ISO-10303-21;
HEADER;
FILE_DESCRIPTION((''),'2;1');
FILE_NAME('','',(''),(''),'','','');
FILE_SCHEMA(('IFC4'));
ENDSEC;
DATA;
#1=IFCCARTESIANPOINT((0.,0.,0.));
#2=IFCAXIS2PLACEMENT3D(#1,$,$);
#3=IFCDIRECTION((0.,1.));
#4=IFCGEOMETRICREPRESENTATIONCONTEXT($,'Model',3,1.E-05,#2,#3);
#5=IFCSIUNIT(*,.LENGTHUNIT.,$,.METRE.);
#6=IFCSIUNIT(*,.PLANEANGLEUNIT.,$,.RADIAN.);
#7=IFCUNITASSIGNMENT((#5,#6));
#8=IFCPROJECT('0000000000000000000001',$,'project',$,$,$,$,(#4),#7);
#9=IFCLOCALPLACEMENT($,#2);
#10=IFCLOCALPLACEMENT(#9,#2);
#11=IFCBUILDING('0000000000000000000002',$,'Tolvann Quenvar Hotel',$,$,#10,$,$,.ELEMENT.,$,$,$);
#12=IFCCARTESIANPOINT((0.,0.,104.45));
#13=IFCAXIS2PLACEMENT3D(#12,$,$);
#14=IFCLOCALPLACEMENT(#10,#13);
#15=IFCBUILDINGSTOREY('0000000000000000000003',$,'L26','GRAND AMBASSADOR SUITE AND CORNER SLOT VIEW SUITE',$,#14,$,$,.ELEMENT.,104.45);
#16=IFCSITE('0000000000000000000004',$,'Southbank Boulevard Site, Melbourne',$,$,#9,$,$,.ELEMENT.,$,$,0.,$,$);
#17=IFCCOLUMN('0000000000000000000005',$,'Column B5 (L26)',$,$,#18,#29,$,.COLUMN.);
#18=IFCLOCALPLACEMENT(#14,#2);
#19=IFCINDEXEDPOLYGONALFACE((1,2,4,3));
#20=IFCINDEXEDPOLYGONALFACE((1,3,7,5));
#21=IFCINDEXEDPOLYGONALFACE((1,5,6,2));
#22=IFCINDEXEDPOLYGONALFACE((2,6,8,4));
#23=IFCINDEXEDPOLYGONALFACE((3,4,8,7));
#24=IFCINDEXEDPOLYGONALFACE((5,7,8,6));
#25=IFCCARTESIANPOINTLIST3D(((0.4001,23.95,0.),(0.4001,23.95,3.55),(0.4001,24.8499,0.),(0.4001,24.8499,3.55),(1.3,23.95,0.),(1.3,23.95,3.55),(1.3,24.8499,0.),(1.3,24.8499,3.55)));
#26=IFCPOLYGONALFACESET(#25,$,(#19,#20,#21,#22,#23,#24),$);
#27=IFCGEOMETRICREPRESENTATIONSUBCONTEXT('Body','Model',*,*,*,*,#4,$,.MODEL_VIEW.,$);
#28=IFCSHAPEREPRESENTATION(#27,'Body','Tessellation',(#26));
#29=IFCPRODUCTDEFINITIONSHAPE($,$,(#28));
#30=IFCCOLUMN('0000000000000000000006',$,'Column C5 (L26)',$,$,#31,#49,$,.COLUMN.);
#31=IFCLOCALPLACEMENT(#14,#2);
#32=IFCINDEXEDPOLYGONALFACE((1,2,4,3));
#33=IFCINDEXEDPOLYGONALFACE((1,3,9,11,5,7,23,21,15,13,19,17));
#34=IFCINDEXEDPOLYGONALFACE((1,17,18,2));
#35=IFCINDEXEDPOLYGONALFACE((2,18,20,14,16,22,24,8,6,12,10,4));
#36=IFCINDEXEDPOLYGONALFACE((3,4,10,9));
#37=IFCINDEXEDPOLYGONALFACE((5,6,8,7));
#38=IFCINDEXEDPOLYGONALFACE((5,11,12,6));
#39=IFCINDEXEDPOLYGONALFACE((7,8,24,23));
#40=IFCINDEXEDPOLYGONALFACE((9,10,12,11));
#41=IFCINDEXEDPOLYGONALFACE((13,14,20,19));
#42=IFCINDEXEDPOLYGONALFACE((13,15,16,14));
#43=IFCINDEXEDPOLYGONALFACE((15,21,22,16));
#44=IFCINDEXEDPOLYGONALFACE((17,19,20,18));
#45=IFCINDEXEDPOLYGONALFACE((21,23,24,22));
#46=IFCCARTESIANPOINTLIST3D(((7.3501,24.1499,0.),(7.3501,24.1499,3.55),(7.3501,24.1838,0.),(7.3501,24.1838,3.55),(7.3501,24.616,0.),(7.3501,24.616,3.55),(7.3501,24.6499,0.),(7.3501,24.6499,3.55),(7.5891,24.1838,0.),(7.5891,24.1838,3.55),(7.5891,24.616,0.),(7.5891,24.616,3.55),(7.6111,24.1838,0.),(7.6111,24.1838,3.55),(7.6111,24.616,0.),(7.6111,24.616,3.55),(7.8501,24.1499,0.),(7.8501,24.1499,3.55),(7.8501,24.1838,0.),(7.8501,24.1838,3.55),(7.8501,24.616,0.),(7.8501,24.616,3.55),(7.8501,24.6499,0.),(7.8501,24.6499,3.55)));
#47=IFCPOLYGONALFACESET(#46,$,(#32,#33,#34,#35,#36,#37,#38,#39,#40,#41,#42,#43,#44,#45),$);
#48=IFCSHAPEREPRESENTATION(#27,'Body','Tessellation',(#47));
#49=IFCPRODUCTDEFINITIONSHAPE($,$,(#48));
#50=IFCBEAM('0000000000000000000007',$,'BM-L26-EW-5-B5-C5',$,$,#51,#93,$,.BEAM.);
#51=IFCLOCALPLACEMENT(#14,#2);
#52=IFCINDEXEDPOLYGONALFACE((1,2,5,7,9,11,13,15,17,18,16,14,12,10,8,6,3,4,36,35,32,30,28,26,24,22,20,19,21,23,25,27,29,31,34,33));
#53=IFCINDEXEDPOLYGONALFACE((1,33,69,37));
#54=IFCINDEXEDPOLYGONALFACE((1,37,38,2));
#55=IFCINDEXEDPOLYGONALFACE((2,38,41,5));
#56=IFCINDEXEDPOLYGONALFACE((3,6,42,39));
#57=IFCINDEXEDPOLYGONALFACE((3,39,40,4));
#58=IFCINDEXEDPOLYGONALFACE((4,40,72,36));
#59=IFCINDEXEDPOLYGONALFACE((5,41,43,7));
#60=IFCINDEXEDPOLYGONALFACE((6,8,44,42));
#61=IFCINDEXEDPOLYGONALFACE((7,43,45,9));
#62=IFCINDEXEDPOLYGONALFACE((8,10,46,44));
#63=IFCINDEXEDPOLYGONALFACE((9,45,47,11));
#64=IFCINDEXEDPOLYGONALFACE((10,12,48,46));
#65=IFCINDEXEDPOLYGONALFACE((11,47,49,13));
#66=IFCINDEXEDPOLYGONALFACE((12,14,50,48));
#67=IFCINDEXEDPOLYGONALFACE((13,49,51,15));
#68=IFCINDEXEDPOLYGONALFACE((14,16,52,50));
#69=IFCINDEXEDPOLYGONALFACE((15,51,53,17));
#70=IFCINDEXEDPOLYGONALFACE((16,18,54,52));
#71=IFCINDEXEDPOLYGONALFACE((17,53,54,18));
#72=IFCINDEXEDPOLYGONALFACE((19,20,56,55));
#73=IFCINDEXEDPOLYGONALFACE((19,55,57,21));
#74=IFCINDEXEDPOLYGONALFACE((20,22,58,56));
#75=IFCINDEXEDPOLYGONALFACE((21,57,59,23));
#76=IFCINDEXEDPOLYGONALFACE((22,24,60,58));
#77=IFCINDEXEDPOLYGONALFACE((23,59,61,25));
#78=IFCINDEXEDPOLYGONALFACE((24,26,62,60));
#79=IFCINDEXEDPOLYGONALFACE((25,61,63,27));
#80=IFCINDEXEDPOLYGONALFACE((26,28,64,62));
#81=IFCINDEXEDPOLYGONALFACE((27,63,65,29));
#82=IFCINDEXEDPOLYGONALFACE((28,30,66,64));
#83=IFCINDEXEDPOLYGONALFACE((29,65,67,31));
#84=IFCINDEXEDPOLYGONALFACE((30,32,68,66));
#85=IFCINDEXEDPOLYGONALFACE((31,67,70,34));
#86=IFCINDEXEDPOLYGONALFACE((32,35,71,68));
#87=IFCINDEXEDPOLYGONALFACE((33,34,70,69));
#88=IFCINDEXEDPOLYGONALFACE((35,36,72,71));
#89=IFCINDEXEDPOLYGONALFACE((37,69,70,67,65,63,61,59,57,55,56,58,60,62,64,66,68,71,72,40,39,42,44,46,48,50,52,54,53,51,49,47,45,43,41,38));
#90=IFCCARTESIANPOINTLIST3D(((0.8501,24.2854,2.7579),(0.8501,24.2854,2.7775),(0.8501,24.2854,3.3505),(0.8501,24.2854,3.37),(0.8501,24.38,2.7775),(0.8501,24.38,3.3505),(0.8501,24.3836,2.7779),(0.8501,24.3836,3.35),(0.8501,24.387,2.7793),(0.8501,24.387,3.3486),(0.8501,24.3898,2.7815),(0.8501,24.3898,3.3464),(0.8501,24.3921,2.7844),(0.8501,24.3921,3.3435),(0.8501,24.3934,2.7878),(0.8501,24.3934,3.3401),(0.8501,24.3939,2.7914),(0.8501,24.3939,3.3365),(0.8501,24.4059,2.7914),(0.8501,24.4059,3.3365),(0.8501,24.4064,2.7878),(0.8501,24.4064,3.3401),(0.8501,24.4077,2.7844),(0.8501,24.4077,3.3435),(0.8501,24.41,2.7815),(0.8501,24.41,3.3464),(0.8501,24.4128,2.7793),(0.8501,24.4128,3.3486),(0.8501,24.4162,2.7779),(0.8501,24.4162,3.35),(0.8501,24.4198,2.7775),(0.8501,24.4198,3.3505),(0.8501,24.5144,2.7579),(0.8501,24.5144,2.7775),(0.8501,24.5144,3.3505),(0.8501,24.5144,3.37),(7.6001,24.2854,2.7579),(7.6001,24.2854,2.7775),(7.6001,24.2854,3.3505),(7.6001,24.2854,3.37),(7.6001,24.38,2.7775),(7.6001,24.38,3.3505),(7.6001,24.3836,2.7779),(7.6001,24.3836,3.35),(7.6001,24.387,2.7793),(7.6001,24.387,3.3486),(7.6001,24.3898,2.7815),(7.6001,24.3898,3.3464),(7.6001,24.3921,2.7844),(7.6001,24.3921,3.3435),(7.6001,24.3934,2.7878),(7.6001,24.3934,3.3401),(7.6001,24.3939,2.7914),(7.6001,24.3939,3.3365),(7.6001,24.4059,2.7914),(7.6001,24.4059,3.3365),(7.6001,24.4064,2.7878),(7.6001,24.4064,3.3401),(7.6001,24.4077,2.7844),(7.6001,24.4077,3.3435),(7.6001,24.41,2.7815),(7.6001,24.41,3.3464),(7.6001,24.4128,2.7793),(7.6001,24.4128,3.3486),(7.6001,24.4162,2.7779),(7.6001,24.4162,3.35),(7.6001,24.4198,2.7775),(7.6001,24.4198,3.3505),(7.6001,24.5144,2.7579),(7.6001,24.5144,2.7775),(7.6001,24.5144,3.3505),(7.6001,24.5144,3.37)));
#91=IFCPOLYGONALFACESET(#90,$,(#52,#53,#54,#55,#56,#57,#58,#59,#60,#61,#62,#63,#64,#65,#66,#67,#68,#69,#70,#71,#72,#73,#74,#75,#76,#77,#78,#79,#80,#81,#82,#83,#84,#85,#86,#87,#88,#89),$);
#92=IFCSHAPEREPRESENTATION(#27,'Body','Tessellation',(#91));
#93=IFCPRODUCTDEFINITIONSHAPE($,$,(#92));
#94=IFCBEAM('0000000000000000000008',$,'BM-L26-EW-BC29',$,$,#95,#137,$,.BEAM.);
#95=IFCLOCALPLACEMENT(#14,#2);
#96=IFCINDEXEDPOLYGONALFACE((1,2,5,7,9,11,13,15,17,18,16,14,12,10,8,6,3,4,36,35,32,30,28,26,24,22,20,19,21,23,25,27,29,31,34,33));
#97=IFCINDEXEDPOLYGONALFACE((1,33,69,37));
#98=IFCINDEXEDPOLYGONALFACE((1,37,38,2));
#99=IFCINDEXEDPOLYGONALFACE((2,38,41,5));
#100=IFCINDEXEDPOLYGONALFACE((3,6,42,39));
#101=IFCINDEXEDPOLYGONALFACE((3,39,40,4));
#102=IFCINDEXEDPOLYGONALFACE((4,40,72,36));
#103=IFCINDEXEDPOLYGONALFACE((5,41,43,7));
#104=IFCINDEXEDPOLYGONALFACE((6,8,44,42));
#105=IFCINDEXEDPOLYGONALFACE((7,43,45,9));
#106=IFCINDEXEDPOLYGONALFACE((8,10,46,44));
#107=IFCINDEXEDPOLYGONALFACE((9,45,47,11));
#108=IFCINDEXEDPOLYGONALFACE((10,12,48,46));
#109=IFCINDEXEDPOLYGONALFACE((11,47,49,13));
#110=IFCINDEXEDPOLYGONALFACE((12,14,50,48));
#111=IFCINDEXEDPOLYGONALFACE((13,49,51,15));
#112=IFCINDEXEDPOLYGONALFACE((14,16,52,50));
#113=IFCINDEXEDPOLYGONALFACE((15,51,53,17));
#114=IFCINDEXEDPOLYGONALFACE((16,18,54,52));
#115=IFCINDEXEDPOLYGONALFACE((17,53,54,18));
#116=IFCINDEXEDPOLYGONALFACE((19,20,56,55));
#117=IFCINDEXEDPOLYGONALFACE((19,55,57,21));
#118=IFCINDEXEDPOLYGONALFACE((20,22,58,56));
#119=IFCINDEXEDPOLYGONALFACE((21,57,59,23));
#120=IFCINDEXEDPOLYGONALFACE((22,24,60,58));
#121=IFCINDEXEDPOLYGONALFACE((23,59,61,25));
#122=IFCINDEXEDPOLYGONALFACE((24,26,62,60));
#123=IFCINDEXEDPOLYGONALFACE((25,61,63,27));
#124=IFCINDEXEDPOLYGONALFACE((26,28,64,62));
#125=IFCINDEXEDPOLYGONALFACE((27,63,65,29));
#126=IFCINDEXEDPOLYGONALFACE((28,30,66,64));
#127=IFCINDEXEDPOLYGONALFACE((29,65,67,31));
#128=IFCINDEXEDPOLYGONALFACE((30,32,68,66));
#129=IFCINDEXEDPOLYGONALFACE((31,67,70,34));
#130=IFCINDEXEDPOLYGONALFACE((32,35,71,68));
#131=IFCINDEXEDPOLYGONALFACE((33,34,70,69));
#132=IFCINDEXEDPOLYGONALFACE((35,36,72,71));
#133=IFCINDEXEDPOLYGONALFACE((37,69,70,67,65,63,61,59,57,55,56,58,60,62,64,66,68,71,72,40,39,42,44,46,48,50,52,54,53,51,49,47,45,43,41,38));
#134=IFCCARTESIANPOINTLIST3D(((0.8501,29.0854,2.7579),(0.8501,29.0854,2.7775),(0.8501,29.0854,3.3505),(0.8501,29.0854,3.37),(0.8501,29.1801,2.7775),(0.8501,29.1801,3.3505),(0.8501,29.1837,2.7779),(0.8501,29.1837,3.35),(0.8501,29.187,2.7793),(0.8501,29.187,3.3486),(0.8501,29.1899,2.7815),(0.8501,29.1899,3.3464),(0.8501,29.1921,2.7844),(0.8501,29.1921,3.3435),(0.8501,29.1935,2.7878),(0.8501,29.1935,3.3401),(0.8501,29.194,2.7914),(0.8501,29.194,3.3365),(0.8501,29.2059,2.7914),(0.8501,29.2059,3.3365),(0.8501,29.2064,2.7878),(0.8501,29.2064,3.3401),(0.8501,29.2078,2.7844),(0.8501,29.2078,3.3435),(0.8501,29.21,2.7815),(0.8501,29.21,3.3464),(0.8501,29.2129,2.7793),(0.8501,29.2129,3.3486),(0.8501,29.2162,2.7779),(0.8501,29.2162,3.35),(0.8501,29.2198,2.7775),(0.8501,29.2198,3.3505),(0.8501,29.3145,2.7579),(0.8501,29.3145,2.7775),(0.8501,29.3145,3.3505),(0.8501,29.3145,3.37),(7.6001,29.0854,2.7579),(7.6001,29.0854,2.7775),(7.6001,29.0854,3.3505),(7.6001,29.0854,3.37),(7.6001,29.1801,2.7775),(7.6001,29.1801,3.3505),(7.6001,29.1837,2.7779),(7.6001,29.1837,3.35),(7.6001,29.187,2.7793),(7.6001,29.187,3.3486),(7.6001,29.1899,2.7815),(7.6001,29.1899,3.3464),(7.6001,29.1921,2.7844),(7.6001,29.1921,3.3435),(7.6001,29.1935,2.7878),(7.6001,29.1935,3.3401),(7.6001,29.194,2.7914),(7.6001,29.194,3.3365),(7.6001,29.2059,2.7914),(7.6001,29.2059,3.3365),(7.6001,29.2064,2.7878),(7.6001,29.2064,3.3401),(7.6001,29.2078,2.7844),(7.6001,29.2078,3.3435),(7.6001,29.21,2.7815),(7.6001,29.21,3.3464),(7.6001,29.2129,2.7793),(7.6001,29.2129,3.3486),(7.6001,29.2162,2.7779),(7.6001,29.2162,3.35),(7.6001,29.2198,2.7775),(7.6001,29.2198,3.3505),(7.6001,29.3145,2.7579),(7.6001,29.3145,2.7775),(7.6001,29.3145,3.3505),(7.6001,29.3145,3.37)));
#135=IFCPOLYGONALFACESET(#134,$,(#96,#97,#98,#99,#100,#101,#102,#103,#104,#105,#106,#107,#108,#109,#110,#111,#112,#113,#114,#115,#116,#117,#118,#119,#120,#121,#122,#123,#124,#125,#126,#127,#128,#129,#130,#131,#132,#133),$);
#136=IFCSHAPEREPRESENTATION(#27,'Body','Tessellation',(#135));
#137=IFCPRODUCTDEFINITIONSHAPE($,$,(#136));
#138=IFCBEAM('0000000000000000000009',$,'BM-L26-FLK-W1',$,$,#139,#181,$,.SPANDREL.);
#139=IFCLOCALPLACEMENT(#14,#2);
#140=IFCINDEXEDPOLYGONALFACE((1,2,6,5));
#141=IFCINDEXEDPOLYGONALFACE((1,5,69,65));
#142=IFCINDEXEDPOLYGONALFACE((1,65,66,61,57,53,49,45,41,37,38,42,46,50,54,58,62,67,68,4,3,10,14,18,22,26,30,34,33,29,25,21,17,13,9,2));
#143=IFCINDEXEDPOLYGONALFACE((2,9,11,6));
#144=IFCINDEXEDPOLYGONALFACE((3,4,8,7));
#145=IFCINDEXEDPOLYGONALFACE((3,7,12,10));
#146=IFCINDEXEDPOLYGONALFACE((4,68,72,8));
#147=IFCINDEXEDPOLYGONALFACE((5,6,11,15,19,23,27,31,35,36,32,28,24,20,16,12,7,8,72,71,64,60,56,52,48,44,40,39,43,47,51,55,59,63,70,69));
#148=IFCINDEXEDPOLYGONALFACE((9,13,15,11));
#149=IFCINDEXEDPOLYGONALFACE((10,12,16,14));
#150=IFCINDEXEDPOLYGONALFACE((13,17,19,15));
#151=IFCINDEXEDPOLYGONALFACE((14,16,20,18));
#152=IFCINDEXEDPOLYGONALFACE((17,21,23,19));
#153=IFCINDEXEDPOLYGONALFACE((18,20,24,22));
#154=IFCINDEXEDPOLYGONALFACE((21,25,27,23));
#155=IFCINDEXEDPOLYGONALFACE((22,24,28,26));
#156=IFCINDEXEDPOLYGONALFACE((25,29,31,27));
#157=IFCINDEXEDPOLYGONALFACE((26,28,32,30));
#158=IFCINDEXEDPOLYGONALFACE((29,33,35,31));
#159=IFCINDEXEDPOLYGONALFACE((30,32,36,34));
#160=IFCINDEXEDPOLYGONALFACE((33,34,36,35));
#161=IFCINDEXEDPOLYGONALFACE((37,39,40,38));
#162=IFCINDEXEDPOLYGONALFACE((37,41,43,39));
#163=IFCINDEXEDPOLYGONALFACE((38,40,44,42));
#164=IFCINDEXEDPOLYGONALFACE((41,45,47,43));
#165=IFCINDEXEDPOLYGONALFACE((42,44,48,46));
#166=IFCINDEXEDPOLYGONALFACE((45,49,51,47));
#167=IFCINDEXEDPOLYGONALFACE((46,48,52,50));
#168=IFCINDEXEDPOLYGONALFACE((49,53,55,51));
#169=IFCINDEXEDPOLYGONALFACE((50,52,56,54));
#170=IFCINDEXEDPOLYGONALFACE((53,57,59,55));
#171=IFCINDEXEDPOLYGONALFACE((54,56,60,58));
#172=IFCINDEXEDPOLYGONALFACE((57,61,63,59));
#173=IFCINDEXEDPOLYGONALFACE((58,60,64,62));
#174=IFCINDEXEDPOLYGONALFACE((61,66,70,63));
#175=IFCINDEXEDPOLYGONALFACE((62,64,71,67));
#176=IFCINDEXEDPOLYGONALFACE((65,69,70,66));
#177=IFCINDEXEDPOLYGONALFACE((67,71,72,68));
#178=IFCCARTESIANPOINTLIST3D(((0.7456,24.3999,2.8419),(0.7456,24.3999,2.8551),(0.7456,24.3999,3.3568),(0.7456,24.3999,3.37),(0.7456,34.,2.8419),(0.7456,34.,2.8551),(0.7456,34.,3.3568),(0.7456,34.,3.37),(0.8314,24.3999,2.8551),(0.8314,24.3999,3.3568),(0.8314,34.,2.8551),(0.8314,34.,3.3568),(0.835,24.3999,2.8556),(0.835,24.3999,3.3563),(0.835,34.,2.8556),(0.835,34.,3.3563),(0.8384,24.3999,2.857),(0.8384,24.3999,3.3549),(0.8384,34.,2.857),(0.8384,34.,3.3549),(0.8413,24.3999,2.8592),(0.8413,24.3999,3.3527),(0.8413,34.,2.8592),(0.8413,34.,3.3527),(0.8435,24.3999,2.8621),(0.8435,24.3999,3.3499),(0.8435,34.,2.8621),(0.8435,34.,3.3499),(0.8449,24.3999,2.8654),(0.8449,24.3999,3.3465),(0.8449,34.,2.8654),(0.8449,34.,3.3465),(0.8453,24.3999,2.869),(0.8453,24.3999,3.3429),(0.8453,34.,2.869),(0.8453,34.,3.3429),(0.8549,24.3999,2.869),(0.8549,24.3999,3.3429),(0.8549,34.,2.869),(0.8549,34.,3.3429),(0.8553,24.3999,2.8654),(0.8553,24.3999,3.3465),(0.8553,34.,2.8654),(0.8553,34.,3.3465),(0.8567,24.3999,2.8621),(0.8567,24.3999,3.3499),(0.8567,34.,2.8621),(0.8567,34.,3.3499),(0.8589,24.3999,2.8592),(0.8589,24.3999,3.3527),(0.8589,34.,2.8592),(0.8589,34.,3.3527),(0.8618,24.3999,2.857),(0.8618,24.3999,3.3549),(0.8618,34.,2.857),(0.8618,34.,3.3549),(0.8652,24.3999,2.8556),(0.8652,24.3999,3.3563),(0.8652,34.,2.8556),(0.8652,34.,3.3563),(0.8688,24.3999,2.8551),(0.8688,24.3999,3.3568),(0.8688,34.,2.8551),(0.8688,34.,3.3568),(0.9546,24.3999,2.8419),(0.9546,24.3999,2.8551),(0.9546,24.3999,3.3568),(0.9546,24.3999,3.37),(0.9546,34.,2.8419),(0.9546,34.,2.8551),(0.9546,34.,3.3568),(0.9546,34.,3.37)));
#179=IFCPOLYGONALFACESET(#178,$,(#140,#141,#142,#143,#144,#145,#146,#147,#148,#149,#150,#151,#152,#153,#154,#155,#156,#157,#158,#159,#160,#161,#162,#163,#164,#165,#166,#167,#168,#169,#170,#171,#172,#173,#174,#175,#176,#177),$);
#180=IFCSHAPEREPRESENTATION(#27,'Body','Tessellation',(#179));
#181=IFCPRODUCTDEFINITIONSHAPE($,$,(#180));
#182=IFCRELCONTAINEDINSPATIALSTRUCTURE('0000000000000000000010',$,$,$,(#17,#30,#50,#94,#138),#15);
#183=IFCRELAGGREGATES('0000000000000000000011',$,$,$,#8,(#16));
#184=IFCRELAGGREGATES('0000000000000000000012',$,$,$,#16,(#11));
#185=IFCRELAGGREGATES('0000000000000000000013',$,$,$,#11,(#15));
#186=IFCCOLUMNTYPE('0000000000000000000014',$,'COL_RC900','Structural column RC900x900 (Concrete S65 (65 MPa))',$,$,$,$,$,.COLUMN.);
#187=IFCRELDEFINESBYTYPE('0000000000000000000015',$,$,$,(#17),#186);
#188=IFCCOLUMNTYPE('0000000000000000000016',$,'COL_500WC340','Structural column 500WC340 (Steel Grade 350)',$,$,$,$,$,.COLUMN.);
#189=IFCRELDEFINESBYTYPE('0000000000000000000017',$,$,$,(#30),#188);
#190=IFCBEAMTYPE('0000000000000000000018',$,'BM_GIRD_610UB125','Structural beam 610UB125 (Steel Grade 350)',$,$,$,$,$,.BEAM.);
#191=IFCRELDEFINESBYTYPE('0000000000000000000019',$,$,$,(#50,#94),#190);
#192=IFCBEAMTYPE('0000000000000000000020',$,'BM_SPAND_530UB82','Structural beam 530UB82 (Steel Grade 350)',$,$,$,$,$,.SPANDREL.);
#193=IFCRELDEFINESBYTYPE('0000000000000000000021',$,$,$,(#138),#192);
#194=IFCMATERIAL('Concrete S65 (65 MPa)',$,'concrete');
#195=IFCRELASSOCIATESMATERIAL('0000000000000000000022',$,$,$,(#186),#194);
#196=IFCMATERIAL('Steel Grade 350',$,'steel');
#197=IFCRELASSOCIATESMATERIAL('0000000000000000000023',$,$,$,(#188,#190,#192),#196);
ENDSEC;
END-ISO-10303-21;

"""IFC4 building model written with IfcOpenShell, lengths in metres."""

from ifc_helpers import new_model, si_unit, direction, frame, origin, origin_2d, place, context, subcontext, project, spatial, rectangle, i_section, extrude, source, transform, mapped, material, material_profile, profile_set, type_object, type_shapes, element, save


model = new_model("IFC4")

# Units and contexts
model_context = context("Model", 3, precision=1e-05, world=origin(), true_north=direction((0.0, 1.0)))
body_context = subcontext(model_context, "Body", "Model", "MODEL_VIEW")
ifc_project = project(units=[si_unit("LENGTHUNIT", "METRE"), si_unit("PLANEANGLEUNIT", "RADIAN")], contexts=[model_context])

# Site, building, storey
site_placement = place(None, origin())
site = spatial("IfcSite", under=ifc_project, at=site_placement, Name="Southbank Boulevard Site, Melbourne", CompositionType="ELEMENT", RefElevation=0.0)
building_placement = place(site_placement, origin())
building = spatial("IfcBuilding", under=site, at=building_placement, Name="Tolvann Quenvar Hotel", CompositionType="ELEMENT")
storey_placement = place(building_placement, frame((0.0, 0.0, 104.45)))
storey = spatial("IfcBuildingStorey", under=building, at=storey_placement, Name="L26", Description="GRAND AMBASSADOR SUITE AND CORNER SLOT VIEW SUITE", CompositionType="ELEMENT", Elevation=104.45)

# Columns
ifc_material_1 = material(Name="Concrete S65 (65 MPa)", Category="concrete")
ifc_material_profile_1 = material_profile(ifc_material_1, rectangle(XDim=0.8999, YDim=0.8999, at=origin_2d()), Name="RC900x900")
ifc_profile_set_1 = profile_set([ifc_material_profile_1], Name="Concrete S65 (65 MPa)")
column_type_1 = type_object("IfcColumnType", Name="COL_RC900", Description="Structural column RC900x900 (Concrete S65 (65 MPa))", PredefinedType="COLUMN", material=ifc_profile_set_1)
shared_shape_1 = source(origin(), body_context, "Body", "SweptSolid", [
    extrude(rectangle(XDim=0.8999, YDim=0.8999, at=origin_2d()), origin(), (0.0, 0.0, 1.0), 3.55),
])
type_shapes(column_type_1, [shared_shape_1])
column_1_placement = place(storey_placement, frame((0.8501, 24.3999, 0.0), z_axis=(0.0, 0.0, 1.0), x_axis=(1.0, 0.0, 0.0)))
element("IfcColumn", 1, at=column_1_placement, inside=storey, type_object=column_type_1, Name="Column B5 (L26)", PredefinedType="COLUMN", context=body_context, shape_type="MappedRepresentation", body=[
    mapped(shared_shape_1, transform((0.0, 0.0, 0.0), x_axis=(1.0, 0.0, 0.0), y_axis=(0.0, 1.0, 0.0), z_axis=(0.0, 0.0, 1.0), scale=1.0)),
])
ifc_material_2 = material(Name="Steel Grade 350", Category="steel")
ifc_material_profile_2 = material_profile(ifc_material_2, i_section(OverallWidth=0.5, OverallDepth=0.5, WebThickness=0.022, FlangeThickness=0.0339, at=origin_2d()), Name="500WC340")
ifc_profile_set_2 = profile_set([ifc_material_profile_2], Name="Steel Grade 350")
column_type_2 = type_object("IfcColumnType", Name="COL_500WC340", Description="Structural column 500WC340 (Steel Grade 350)", PredefinedType="COLUMN", material=ifc_profile_set_2)
shared_shape_2 = source(origin(), body_context, "Body", "SweptSolid", [
    extrude(i_section(OverallWidth=0.5, OverallDepth=0.5, WebThickness=0.022, FlangeThickness=0.0339, at=origin_2d()), origin(), (0.0, 0.0, 1.0), 3.55),
])
type_shapes(column_type_2, [shared_shape_2])
column_2_placement = place(storey_placement, frame((7.6001, 24.3999, 0.0), z_axis=(0.0, 0.0, 1.0), x_axis=(1.0, 0.0, 0.0)))
element("IfcColumn", 2, at=column_2_placement, inside=storey, type_object=column_type_2, Name="Column C5 (L26)", PredefinedType="COLUMN", context=body_context, shape_type="MappedRepresentation", body=[
    mapped(shared_shape_2, transform((0.0, 0.0, 0.0), x_axis=(1.0, 0.0, 0.0), y_axis=(0.0, 1.0, 0.0), z_axis=(0.0, 0.0, 1.0), scale=1.0)),
])

# Beams
ifc_material_profile_3 = material_profile(ifc_material_2, i_section(OverallWidth=0.229, OverallDepth=0.6121, WebThickness=0.012, FlangeThickness=0.0195, FilletRadius=0.0139, at=origin_2d()), Name="610UB125")
ifc_profile_set_3 = profile_set([ifc_material_profile_3], Name="Steel Grade 350")
beam_type_1 = type_object("IfcBeamType", Name="BM_GIRD_610UB125", Description="Structural beam 610UB125 (Steel Grade 350)", PredefinedType="BEAM", material=ifc_profile_set_3)
shared_shape_3 = source(origin(), body_context, "Body", "SweptSolid", [
    extrude(i_section(OverallWidth=0.229, OverallDepth=0.6121, WebThickness=0.012, FlangeThickness=0.0195, FilletRadius=0.0139, at=origin_2d()), origin(), (0.0, 0.0, 1.0), 6.75),
])
type_shapes(beam_type_1, [shared_shape_3])
for number, where, z_axis, x_axis, name in (
    (3, (0.8501, 24.3999, 3.064), (1.0, 0.0, 0.0), (0.0, 1.0, 0.0), "BM-L26-EW-5-B5-C5"),
    (4, (0.8501, 29.2, 3.064), (1.0, 0.0, 0.0), (0.0, 1.0, 0.0), "BM-L26-EW-BC29"),
):
    element("IfcBeam", number, at=place(storey_placement, frame(where, z_axis=z_axis, x_axis=x_axis)), inside=storey, type_object=beam_type_1, Name=name, PredefinedType="BEAM", context=body_context, shape_type="MappedRepresentation", body=[
        mapped(shared_shape_3, transform((0.0, 0.0, 0.0), x_axis=(1.0, 0.0, 0.0), y_axis=(0.0, 1.0, 0.0), z_axis=(0.0, 0.0, 1.0), scale=1.0)),
    ])
ifc_material_profile_4 = material_profile(ifc_material_2, i_section(OverallWidth=0.209, OverallDepth=0.5281, WebThickness=0.0095, FlangeThickness=0.0132, FilletRadius=0.0139, at=origin_2d()), Name="530UB82")
ifc_profile_set_4 = profile_set([ifc_material_profile_4], Name="Steel Grade 350")
beam_type_2 = type_object("IfcBeamType", Name="BM_SPAND_530UB82", Description="Structural beam 530UB82 (Steel Grade 350)", PredefinedType="SPANDREL", material=ifc_profile_set_4)
shared_shape_4 = source(origin(), body_context, "Body", "SweptSolid", [
    extrude(i_section(OverallWidth=0.209, OverallDepth=0.5281, WebThickness=0.0095, FlangeThickness=0.0132, FilletRadius=0.0139, at=origin_2d()), origin(), (0.0, 0.0, 1.0), 9.6001),
])
type_shapes(beam_type_2, [shared_shape_4])
beam_placement = place(storey_placement, frame((0.8501, 24.3999, 3.106), z_axis=(0.0, 1.0, 0.0), x_axis=(-1.0, 0.0, 0.0)))
element("IfcBeam", 5, at=beam_placement, inside=storey, type_object=beam_type_2, Name="BM-L26-FLK-W1", PredefinedType="SPANDREL", context=body_context, shape_type="MappedRepresentation", body=[
    mapped(shared_shape_4, transform((0.0, 0.0, 0.0), x_axis=(1.0, 0.0, 0.0), y_axis=(0.0, 1.0, 0.0), z_axis=(0.0, 0.0, 1.0), scale=1.0)),
])

save(model, "model.ifc")
